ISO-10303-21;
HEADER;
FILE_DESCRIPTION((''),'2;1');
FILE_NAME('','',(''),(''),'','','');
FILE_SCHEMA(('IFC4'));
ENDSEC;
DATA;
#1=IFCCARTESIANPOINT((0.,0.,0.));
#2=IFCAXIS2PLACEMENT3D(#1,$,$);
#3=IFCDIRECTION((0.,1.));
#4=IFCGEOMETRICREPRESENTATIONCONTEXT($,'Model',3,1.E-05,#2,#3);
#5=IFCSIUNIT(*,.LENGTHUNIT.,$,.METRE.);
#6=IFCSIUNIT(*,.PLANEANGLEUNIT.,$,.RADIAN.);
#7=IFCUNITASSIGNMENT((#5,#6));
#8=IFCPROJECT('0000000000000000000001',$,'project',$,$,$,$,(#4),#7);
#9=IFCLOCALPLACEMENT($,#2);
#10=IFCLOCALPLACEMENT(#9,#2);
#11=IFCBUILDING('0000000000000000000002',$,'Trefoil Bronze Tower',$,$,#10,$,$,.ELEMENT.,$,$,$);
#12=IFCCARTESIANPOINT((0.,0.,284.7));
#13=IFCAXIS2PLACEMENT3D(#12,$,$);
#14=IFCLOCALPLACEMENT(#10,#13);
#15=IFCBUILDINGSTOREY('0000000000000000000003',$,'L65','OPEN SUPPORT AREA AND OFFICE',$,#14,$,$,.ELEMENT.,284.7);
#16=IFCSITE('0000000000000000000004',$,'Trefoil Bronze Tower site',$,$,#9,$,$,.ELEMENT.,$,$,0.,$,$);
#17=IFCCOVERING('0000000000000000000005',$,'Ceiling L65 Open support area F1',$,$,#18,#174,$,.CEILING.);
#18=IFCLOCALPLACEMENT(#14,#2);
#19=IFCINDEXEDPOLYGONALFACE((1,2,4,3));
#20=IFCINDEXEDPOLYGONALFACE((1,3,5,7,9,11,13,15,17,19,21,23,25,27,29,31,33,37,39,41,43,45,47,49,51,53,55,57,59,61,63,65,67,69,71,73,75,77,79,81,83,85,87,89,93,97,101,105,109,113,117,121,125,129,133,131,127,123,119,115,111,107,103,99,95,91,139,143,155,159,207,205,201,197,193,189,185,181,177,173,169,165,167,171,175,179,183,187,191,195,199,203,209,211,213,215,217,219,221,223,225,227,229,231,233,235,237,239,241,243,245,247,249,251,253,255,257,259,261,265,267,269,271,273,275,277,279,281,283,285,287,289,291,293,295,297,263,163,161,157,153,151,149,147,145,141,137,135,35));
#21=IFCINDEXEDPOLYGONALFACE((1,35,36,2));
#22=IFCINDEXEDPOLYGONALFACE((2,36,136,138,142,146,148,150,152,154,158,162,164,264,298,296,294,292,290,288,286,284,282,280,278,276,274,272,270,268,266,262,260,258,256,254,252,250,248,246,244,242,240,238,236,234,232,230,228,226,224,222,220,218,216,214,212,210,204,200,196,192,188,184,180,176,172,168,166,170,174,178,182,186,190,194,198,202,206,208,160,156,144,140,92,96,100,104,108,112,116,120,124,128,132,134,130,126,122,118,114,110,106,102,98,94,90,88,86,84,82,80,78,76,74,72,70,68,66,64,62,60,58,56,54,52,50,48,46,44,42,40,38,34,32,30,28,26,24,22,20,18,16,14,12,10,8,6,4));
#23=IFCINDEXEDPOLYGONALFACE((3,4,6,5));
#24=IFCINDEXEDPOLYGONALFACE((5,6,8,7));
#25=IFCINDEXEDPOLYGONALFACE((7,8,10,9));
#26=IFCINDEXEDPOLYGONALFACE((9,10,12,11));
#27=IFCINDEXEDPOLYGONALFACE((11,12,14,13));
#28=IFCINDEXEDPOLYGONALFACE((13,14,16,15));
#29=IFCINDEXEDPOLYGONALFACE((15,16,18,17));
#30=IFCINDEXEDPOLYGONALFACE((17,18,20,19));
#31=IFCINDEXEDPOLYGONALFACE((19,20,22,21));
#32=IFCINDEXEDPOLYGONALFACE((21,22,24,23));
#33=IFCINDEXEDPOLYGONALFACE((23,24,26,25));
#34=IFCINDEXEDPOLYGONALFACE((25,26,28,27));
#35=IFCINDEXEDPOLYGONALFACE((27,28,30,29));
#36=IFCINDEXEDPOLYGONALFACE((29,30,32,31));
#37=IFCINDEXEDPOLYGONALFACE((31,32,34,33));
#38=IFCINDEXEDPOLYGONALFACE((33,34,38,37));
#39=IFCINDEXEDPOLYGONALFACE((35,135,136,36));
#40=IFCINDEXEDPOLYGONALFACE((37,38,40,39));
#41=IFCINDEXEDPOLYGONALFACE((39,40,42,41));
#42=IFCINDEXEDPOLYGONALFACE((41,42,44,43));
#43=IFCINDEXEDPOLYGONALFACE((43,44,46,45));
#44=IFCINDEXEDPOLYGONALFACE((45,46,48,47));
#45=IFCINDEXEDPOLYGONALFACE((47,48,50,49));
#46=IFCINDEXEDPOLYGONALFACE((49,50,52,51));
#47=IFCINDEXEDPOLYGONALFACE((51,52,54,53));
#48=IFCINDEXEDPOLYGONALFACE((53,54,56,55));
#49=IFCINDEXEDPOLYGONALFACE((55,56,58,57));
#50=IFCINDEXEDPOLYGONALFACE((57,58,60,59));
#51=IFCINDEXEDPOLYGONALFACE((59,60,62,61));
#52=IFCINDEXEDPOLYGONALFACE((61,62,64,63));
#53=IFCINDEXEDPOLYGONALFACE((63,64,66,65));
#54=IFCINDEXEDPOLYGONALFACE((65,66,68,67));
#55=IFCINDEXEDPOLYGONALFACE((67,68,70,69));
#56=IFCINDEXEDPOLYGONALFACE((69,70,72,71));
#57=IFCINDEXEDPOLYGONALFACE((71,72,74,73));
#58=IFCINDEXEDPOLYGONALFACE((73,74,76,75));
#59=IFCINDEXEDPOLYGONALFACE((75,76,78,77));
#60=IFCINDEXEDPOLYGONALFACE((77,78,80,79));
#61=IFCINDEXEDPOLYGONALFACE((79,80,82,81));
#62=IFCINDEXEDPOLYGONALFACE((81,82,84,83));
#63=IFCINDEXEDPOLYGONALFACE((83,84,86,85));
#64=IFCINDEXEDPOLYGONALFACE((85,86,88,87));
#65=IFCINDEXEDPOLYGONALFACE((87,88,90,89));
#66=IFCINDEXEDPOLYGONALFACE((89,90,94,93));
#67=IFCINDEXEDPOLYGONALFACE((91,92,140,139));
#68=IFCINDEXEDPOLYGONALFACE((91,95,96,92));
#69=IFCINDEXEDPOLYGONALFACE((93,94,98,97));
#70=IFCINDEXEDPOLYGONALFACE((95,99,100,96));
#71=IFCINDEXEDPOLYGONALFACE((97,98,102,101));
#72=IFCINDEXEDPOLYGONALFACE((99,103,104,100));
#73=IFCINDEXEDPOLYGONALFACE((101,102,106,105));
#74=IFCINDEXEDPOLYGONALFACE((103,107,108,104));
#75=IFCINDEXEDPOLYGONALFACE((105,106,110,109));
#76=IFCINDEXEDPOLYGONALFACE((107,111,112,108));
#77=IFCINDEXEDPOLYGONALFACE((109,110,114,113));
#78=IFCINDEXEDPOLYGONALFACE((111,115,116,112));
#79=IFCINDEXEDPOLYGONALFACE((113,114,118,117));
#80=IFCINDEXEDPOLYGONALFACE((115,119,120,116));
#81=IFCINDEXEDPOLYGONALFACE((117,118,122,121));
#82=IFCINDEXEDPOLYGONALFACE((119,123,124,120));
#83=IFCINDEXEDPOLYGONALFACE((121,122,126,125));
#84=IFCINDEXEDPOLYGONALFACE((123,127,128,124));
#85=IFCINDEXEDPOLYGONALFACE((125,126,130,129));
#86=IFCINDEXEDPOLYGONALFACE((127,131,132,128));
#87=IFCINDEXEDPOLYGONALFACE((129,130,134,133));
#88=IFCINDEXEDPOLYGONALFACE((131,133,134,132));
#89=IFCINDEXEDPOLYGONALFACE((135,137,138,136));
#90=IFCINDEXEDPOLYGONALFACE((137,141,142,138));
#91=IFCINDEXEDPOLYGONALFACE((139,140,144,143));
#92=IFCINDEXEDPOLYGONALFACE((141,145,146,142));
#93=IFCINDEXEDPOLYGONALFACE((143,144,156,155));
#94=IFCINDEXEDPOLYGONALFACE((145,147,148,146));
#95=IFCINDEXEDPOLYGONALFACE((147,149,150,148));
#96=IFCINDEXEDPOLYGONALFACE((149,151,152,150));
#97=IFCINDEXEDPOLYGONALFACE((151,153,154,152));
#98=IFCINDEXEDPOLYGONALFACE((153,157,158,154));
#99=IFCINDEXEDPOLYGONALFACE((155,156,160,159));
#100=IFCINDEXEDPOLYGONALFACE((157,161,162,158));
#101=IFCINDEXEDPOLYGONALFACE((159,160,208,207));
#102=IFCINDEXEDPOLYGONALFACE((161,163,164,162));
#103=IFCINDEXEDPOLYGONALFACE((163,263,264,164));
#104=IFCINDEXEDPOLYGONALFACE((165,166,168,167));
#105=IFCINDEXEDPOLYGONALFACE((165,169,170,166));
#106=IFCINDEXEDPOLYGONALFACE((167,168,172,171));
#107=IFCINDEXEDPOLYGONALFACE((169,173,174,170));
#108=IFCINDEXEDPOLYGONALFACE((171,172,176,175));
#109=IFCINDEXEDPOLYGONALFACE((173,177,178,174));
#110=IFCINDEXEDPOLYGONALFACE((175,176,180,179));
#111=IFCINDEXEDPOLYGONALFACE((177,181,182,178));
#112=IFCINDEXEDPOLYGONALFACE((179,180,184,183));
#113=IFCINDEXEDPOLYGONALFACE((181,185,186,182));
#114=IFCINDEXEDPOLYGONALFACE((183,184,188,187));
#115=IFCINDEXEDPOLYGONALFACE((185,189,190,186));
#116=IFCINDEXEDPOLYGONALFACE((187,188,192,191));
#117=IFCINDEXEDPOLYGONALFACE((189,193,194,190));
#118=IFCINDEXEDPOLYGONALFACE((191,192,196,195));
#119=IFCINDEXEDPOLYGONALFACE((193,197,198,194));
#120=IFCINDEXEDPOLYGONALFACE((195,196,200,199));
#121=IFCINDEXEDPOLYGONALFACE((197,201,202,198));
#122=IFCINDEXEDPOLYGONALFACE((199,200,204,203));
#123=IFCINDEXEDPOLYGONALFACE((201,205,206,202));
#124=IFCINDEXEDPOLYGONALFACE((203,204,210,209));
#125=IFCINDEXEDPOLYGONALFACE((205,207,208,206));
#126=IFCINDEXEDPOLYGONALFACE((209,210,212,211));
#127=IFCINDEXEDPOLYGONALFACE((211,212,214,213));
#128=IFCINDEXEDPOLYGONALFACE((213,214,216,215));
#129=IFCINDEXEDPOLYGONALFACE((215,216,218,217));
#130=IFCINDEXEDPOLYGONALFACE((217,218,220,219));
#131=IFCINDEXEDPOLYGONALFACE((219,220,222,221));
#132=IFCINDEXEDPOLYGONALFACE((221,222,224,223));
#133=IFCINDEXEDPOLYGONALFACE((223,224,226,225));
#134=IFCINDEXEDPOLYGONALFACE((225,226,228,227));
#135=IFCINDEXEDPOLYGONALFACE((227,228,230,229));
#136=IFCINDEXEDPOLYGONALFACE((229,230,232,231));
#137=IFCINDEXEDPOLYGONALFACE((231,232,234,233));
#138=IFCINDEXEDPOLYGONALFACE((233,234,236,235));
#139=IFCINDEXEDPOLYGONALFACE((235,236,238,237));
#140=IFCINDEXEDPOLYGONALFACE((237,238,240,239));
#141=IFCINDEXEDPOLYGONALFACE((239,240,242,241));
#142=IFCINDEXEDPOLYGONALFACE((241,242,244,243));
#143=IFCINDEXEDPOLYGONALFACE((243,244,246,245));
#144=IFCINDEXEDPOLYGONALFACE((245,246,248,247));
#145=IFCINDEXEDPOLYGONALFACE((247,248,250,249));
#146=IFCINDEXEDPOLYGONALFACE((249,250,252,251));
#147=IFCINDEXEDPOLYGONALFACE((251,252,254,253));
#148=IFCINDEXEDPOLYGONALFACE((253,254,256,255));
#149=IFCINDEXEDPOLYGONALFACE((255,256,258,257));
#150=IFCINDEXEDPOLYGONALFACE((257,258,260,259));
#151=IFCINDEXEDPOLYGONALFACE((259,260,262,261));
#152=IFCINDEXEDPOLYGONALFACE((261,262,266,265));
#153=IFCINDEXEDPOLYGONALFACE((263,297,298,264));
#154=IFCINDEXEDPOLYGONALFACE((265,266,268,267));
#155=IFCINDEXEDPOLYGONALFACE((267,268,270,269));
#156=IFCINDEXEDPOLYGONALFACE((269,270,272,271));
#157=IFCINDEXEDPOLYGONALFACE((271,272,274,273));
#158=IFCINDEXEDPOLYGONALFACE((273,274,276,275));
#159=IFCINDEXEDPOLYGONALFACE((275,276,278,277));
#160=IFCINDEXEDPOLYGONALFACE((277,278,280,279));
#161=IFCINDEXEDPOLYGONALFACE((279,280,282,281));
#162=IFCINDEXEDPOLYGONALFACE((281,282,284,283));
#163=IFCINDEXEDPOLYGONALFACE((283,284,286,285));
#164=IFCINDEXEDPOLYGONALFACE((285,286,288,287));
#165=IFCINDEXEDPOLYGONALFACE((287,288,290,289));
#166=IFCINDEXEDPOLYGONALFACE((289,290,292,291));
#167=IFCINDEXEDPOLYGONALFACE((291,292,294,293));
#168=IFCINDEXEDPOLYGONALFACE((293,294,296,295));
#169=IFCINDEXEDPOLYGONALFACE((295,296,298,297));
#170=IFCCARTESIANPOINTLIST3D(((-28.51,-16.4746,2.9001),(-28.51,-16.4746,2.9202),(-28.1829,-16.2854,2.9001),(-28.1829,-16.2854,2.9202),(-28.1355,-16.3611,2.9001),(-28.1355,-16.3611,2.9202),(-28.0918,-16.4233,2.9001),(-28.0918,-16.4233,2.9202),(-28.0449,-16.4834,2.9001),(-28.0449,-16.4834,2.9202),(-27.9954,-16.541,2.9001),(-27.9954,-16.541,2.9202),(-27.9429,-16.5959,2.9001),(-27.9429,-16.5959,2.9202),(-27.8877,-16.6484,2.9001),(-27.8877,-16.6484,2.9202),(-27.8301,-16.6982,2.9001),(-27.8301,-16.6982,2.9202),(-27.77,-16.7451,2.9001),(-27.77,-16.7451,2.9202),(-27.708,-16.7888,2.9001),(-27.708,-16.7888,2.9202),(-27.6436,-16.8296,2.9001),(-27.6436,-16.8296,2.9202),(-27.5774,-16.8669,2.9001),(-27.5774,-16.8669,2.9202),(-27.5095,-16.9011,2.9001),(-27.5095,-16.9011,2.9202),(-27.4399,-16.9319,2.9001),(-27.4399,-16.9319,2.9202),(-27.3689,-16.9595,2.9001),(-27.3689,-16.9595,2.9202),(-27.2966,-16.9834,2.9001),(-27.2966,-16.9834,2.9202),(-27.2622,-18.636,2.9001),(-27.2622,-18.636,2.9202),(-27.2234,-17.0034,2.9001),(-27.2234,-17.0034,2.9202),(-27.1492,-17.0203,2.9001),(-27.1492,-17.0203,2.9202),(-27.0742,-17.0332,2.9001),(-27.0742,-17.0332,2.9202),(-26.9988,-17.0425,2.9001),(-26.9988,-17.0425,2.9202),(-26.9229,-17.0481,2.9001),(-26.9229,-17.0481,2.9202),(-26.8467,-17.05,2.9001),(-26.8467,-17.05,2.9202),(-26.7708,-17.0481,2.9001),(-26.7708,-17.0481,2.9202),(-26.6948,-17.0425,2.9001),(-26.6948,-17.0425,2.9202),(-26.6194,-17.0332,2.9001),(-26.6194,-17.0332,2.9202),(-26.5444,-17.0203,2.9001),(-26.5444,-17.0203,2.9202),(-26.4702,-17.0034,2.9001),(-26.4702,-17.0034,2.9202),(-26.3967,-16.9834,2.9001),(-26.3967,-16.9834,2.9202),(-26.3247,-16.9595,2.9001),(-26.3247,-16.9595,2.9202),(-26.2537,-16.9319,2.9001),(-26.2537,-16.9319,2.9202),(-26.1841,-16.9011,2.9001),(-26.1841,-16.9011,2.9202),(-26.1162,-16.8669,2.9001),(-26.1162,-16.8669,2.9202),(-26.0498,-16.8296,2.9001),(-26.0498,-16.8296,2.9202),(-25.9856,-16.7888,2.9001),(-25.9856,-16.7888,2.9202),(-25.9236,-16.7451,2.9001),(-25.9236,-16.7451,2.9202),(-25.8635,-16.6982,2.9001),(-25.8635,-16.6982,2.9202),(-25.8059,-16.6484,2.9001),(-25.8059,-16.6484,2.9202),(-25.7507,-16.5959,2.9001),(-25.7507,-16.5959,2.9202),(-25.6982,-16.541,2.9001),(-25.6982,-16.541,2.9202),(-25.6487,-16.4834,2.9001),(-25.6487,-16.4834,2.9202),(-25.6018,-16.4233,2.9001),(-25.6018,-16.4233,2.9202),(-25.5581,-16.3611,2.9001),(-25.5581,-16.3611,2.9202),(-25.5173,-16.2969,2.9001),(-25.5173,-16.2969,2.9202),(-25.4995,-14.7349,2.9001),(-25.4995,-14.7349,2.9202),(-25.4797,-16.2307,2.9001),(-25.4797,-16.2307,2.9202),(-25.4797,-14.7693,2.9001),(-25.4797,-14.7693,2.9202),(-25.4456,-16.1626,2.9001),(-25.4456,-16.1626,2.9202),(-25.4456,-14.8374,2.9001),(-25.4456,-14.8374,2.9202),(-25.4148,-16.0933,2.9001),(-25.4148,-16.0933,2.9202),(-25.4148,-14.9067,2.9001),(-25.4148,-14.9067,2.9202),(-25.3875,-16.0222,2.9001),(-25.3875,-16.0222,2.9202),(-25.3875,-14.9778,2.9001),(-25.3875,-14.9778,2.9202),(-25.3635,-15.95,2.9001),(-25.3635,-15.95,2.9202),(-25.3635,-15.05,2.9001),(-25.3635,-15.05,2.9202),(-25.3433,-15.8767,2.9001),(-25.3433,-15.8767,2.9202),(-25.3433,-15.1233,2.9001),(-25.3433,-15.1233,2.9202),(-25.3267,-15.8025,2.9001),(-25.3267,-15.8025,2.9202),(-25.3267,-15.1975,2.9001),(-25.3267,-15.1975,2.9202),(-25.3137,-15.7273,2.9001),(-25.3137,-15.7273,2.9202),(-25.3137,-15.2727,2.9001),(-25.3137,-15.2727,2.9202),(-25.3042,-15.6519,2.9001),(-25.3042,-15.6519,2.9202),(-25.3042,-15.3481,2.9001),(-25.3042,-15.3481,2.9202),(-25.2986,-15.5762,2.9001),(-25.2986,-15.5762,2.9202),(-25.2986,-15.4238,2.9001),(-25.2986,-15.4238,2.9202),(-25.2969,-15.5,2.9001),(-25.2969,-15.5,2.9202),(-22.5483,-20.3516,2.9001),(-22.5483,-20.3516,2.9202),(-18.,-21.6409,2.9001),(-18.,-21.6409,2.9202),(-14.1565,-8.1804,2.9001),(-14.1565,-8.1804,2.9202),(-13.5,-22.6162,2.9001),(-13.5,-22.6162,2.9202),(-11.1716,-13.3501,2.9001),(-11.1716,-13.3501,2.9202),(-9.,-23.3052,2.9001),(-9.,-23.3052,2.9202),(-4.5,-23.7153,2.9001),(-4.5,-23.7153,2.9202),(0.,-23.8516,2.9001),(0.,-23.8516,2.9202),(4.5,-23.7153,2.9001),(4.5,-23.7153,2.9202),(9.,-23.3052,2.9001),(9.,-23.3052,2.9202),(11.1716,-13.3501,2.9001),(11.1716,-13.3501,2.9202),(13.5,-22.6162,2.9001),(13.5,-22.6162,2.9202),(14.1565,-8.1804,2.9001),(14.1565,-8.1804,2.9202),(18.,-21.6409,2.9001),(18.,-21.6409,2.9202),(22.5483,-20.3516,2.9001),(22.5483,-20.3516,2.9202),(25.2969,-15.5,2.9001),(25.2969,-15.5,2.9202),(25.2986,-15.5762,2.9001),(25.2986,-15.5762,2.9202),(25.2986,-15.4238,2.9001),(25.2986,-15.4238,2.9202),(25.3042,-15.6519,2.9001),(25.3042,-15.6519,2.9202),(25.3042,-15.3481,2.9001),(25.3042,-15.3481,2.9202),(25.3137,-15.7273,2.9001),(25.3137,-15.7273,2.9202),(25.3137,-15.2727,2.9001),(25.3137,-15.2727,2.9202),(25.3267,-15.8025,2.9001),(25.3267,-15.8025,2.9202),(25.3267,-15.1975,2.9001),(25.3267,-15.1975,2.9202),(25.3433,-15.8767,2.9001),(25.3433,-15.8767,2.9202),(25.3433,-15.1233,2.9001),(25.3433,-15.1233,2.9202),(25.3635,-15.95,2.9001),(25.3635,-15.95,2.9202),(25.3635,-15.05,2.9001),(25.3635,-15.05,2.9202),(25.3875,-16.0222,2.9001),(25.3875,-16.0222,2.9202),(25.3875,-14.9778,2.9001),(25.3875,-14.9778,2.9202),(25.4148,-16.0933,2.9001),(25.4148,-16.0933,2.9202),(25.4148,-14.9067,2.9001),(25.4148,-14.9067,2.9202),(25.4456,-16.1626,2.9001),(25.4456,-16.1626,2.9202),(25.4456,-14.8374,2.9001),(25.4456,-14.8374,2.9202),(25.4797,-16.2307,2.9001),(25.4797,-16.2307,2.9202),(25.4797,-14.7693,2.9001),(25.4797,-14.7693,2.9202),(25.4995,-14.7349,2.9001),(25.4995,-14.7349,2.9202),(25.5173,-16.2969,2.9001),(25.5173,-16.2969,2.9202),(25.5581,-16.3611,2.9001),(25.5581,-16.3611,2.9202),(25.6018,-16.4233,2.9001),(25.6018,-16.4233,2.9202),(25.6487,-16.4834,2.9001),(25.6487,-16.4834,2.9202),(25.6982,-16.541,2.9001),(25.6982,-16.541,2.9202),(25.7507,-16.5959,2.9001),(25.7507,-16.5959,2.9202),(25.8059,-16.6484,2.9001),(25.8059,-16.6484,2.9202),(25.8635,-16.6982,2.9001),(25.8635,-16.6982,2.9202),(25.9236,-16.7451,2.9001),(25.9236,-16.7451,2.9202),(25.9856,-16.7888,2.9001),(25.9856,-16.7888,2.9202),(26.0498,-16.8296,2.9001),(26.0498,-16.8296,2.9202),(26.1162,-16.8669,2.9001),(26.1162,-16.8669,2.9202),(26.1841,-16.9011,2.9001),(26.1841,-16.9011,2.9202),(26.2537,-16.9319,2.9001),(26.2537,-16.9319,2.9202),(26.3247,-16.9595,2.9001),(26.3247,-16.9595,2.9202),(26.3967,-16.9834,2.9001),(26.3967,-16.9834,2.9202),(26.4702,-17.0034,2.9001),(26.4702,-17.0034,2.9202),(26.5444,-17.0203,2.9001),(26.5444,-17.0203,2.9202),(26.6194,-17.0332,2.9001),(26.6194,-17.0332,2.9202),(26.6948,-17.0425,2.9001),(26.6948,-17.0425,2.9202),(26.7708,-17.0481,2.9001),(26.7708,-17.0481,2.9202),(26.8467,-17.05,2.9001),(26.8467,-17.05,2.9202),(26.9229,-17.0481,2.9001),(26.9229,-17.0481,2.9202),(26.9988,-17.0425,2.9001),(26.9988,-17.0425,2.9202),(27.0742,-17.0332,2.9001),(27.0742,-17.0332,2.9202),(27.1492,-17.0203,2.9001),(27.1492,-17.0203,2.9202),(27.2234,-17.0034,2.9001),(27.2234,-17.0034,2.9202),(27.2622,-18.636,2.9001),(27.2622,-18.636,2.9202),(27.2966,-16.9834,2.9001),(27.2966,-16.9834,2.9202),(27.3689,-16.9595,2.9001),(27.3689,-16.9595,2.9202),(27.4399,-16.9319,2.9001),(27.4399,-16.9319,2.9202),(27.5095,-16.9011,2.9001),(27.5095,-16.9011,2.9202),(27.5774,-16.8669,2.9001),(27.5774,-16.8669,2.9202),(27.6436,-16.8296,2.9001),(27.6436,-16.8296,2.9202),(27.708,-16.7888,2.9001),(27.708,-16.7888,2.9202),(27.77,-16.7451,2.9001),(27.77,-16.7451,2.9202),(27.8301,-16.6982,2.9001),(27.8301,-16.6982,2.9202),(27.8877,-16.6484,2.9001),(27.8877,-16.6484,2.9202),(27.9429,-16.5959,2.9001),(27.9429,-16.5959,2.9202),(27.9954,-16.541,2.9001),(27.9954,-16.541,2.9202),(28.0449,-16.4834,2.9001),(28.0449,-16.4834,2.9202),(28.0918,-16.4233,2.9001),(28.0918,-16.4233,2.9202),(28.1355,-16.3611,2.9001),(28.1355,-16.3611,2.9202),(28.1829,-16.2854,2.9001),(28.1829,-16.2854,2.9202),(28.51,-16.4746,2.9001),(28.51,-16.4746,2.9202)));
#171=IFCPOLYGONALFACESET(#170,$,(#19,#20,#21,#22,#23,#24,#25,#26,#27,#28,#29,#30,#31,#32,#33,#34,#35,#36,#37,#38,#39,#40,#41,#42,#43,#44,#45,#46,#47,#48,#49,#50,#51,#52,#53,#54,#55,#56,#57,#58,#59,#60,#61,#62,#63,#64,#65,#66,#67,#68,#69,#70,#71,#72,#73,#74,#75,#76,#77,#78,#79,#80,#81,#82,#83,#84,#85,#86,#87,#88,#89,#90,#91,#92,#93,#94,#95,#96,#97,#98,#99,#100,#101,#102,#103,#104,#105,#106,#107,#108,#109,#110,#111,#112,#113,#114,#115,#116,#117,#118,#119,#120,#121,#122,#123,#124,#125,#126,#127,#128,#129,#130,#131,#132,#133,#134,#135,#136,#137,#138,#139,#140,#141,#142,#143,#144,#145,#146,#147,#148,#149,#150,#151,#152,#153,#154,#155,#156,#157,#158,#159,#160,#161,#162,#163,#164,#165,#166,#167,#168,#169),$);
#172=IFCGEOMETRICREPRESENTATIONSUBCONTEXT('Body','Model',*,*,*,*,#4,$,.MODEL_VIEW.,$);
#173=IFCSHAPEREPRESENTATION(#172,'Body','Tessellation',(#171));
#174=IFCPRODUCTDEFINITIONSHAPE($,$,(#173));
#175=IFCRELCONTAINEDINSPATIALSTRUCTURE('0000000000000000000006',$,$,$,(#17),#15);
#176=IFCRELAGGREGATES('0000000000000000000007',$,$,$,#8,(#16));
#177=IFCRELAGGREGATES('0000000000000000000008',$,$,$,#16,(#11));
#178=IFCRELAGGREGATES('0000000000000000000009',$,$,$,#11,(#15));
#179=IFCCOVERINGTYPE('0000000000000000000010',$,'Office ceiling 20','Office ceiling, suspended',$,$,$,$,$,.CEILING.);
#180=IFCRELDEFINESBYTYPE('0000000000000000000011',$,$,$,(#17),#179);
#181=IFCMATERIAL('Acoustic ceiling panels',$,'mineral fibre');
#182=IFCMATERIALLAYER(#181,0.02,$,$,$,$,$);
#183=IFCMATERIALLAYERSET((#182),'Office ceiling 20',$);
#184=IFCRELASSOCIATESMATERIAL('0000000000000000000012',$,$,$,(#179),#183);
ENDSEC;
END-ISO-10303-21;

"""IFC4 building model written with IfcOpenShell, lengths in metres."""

from ifc_helpers import new_model, si_unit, direction, frame, origin, place, context, subcontext, project, spatial, polyline, outline, extrude, material, layer, layer_set, type_object, element, save


model = new_model("IFC4")

# Units and contexts
model_context = context("Model", 3, precision=1e-05, world=origin(), true_north=direction((0.0, 1.0)))
body_context = subcontext(model_context, "Body", "Model", "MODEL_VIEW")
ifc_project = project(units=[si_unit("LENGTHUNIT", "METRE"), si_unit("PLANEANGLEUNIT", "RADIAN")], contexts=[model_context])

# Site, building, storey
site_placement = place(None, origin())
site = spatial("IfcSite", under=ifc_project, at=site_placement, Name="Trefoil Bronze Tower site", CompositionType="ELEMENT", RefElevation=0.0)
building_placement = place(site_placement, origin())
building = spatial("IfcBuilding", under=site, at=building_placement, Name="Trefoil Bronze Tower", CompositionType="ELEMENT")
storey_placement = place(building_placement, frame((0.0, 0.0, 284.7)))
storey = spatial("IfcBuildingStorey", under=building, at=storey_placement, Name="L65", Description="OPEN SUPPORT AREA AND OFFICE", CompositionType="ELEMENT", Elevation=284.7)

# Covering
ifc_material_1 = material(Name="Acoustic ceiling panels", Category="mineral fibre")
ifc_layer_1 = layer(ifc_material_1, 0.02)
ifc_layer_set_1 = layer_set([ifc_layer_1], Name="Office ceiling 20")
covering_type_1 = type_object("IfcCoveringType", Name="Office ceiling 20", Description="Office ceiling, suspended", PredefinedType="CEILING", material=ifc_layer_set_1)
covering_1_placement = place(storey_placement, frame((0.0, 0.0, 2.9001)))
element("IfcCovering", 1, at=covering_1_placement, inside=storey, type_object=covering_type_1, Name="Ceiling L65 Open support area F1", PredefinedType="CEILING", context=body_context, shape_type="SweptSolid", body=[
    extrude(outline(polyline([(-28.1355, -16.3611), (-28.0918, -16.4233), (-28.0449, -16.4834), (-27.9954, -16.541), (-27.9429, -16.5959), (-27.8877, -16.6484), (-27.8301, -16.6982), (-27.77, -16.7451), (-27.708, -16.7888), (-27.6436, -16.8296), (-27.5774, -16.8669), (-27.5095, -16.9011), (-27.4399, -16.9319), (-27.3689, -16.9595), (-27.2966, -16.9834), (-27.2234, -17.0034), (-27.1492, -17.0203), (-27.0742, -17.0332), (-26.9988, -17.0425), (-26.9229, -17.0481), (-26.8467, -17.05), (-26.7708, -17.0481), (-26.6948, -17.0425), (-26.6194, -17.0332), (-26.5444, -17.0203), (-26.4702, -17.0034), (-26.3967, -16.9834), (-26.3247, -16.9595), (-26.2537, -16.9319), (-26.1841, -16.9011), (-26.1162, -16.8669), (-26.0498, -16.8296), (-25.9856, -16.7888), (-25.9236, -16.7451), (-25.8635, -16.6982), (-25.8059, -16.6484), (-25.7507, -16.5959), (-25.6982, -16.541), (-25.6487, -16.4834), (-25.6018, -16.4233), (-25.5581, -16.3611), (-25.5173, -16.2969), (-25.4797, -16.2307), (-25.4456, -16.1626), (-25.4148, -16.0933), (-25.3875, -16.0222), (-25.3635, -15.95), (-25.3433, -15.8767), (-25.3267, -15.8025), (-25.3137, -15.7273), (-25.3042, -15.6519), (-25.2986, -15.5762), (-25.2969, -15.5), (-25.2986, -15.4238), (-25.3042, -15.3481), (-25.3137, -15.2727), (-25.3267, -15.1975), (-25.3433, -15.1233), (-25.3635, -15.05), (-25.3875, -14.9778), (-25.4148, -14.9067), (-25.4456, -14.8374), (-25.4797, -14.7693), (-25.4995, -14.7349), (-14.1565, -8.1804), (-11.1716, -13.3501), (11.1716, -13.3501), (14.1565, -8.1804), (25.4995, -14.7349), (25.4797, -14.7693), (25.4456, -14.8374), (25.4148, -14.9067), (25.3875, -14.9778), (25.3635, -15.05), (25.3433, -15.1233), (25.3267, -15.1975), (25.3137, -15.2727), (25.3042, -15.3481), (25.2986, -15.4238), (25.2969, -15.5), (25.2986, -15.5762), (25.3042, -15.6519), (25.3137, -15.7273), (25.3267, -15.8025), (25.3433, -15.8767), (25.3635, -15.95), (25.3875, -16.0222), (25.4148, -16.0933), (25.4456, -16.1626), (25.4797, -16.2307), (25.5173, -16.2969), (25.5581, -16.3611), (25.6018, -16.4233), (25.6487, -16.4834), (25.6982, -16.541), (25.7507, -16.5959), (25.8059, -16.6484), (25.8635, -16.6982), (25.9236, -16.7451), (25.9856, -16.7888), (26.0498, -16.8296), (26.1162, -16.8669), (26.1841, -16.9011), (26.2537, -16.9319), (26.3247, -16.9595), (26.3967, -16.9834), (26.4702, -17.0034), (26.5444, -17.0203), (26.6194, -17.0332), (26.6948, -17.0425), (26.7708, -17.0481), (26.8467, -17.05), (26.9229, -17.0481), (26.9988, -17.0425), (27.0742, -17.0332), (27.1492, -17.0203), (27.2234, -17.0034), (27.2966, -16.9834), (27.3689, -16.9595), (27.4399, -16.9319), (27.5095, -16.9011), (27.5774, -16.8669), (27.6436, -16.8296), (27.708, -16.7888), (27.77, -16.7451), (27.8301, -16.6982), (27.8877, -16.6484), (27.9429, -16.5959), (27.9954, -16.541), (28.0449, -16.4834), (28.0918, -16.4233), (28.1355, -16.3611), (28.1829, -16.2854), (28.51, -16.4746), (27.2622, -18.636), (22.5483, -20.3516), (18.0, -21.6409), (13.5, -22.6162), (9.0, -23.3052), (4.5, -23.7153), (0.0, -23.8516), (-4.5, -23.7153), (-9.0, -23.3052), (-13.5, -22.6162), (-18.0, -21.6409), (-22.5483, -20.3516), (-27.2622, -18.636), (-28.51, -16.4746), (-28.1829, -16.2854), (-28.1355, -16.3611)])), origin(), (0.0, 0.0, 1.0), 0.02),
])

save(model, "model.ifc")
